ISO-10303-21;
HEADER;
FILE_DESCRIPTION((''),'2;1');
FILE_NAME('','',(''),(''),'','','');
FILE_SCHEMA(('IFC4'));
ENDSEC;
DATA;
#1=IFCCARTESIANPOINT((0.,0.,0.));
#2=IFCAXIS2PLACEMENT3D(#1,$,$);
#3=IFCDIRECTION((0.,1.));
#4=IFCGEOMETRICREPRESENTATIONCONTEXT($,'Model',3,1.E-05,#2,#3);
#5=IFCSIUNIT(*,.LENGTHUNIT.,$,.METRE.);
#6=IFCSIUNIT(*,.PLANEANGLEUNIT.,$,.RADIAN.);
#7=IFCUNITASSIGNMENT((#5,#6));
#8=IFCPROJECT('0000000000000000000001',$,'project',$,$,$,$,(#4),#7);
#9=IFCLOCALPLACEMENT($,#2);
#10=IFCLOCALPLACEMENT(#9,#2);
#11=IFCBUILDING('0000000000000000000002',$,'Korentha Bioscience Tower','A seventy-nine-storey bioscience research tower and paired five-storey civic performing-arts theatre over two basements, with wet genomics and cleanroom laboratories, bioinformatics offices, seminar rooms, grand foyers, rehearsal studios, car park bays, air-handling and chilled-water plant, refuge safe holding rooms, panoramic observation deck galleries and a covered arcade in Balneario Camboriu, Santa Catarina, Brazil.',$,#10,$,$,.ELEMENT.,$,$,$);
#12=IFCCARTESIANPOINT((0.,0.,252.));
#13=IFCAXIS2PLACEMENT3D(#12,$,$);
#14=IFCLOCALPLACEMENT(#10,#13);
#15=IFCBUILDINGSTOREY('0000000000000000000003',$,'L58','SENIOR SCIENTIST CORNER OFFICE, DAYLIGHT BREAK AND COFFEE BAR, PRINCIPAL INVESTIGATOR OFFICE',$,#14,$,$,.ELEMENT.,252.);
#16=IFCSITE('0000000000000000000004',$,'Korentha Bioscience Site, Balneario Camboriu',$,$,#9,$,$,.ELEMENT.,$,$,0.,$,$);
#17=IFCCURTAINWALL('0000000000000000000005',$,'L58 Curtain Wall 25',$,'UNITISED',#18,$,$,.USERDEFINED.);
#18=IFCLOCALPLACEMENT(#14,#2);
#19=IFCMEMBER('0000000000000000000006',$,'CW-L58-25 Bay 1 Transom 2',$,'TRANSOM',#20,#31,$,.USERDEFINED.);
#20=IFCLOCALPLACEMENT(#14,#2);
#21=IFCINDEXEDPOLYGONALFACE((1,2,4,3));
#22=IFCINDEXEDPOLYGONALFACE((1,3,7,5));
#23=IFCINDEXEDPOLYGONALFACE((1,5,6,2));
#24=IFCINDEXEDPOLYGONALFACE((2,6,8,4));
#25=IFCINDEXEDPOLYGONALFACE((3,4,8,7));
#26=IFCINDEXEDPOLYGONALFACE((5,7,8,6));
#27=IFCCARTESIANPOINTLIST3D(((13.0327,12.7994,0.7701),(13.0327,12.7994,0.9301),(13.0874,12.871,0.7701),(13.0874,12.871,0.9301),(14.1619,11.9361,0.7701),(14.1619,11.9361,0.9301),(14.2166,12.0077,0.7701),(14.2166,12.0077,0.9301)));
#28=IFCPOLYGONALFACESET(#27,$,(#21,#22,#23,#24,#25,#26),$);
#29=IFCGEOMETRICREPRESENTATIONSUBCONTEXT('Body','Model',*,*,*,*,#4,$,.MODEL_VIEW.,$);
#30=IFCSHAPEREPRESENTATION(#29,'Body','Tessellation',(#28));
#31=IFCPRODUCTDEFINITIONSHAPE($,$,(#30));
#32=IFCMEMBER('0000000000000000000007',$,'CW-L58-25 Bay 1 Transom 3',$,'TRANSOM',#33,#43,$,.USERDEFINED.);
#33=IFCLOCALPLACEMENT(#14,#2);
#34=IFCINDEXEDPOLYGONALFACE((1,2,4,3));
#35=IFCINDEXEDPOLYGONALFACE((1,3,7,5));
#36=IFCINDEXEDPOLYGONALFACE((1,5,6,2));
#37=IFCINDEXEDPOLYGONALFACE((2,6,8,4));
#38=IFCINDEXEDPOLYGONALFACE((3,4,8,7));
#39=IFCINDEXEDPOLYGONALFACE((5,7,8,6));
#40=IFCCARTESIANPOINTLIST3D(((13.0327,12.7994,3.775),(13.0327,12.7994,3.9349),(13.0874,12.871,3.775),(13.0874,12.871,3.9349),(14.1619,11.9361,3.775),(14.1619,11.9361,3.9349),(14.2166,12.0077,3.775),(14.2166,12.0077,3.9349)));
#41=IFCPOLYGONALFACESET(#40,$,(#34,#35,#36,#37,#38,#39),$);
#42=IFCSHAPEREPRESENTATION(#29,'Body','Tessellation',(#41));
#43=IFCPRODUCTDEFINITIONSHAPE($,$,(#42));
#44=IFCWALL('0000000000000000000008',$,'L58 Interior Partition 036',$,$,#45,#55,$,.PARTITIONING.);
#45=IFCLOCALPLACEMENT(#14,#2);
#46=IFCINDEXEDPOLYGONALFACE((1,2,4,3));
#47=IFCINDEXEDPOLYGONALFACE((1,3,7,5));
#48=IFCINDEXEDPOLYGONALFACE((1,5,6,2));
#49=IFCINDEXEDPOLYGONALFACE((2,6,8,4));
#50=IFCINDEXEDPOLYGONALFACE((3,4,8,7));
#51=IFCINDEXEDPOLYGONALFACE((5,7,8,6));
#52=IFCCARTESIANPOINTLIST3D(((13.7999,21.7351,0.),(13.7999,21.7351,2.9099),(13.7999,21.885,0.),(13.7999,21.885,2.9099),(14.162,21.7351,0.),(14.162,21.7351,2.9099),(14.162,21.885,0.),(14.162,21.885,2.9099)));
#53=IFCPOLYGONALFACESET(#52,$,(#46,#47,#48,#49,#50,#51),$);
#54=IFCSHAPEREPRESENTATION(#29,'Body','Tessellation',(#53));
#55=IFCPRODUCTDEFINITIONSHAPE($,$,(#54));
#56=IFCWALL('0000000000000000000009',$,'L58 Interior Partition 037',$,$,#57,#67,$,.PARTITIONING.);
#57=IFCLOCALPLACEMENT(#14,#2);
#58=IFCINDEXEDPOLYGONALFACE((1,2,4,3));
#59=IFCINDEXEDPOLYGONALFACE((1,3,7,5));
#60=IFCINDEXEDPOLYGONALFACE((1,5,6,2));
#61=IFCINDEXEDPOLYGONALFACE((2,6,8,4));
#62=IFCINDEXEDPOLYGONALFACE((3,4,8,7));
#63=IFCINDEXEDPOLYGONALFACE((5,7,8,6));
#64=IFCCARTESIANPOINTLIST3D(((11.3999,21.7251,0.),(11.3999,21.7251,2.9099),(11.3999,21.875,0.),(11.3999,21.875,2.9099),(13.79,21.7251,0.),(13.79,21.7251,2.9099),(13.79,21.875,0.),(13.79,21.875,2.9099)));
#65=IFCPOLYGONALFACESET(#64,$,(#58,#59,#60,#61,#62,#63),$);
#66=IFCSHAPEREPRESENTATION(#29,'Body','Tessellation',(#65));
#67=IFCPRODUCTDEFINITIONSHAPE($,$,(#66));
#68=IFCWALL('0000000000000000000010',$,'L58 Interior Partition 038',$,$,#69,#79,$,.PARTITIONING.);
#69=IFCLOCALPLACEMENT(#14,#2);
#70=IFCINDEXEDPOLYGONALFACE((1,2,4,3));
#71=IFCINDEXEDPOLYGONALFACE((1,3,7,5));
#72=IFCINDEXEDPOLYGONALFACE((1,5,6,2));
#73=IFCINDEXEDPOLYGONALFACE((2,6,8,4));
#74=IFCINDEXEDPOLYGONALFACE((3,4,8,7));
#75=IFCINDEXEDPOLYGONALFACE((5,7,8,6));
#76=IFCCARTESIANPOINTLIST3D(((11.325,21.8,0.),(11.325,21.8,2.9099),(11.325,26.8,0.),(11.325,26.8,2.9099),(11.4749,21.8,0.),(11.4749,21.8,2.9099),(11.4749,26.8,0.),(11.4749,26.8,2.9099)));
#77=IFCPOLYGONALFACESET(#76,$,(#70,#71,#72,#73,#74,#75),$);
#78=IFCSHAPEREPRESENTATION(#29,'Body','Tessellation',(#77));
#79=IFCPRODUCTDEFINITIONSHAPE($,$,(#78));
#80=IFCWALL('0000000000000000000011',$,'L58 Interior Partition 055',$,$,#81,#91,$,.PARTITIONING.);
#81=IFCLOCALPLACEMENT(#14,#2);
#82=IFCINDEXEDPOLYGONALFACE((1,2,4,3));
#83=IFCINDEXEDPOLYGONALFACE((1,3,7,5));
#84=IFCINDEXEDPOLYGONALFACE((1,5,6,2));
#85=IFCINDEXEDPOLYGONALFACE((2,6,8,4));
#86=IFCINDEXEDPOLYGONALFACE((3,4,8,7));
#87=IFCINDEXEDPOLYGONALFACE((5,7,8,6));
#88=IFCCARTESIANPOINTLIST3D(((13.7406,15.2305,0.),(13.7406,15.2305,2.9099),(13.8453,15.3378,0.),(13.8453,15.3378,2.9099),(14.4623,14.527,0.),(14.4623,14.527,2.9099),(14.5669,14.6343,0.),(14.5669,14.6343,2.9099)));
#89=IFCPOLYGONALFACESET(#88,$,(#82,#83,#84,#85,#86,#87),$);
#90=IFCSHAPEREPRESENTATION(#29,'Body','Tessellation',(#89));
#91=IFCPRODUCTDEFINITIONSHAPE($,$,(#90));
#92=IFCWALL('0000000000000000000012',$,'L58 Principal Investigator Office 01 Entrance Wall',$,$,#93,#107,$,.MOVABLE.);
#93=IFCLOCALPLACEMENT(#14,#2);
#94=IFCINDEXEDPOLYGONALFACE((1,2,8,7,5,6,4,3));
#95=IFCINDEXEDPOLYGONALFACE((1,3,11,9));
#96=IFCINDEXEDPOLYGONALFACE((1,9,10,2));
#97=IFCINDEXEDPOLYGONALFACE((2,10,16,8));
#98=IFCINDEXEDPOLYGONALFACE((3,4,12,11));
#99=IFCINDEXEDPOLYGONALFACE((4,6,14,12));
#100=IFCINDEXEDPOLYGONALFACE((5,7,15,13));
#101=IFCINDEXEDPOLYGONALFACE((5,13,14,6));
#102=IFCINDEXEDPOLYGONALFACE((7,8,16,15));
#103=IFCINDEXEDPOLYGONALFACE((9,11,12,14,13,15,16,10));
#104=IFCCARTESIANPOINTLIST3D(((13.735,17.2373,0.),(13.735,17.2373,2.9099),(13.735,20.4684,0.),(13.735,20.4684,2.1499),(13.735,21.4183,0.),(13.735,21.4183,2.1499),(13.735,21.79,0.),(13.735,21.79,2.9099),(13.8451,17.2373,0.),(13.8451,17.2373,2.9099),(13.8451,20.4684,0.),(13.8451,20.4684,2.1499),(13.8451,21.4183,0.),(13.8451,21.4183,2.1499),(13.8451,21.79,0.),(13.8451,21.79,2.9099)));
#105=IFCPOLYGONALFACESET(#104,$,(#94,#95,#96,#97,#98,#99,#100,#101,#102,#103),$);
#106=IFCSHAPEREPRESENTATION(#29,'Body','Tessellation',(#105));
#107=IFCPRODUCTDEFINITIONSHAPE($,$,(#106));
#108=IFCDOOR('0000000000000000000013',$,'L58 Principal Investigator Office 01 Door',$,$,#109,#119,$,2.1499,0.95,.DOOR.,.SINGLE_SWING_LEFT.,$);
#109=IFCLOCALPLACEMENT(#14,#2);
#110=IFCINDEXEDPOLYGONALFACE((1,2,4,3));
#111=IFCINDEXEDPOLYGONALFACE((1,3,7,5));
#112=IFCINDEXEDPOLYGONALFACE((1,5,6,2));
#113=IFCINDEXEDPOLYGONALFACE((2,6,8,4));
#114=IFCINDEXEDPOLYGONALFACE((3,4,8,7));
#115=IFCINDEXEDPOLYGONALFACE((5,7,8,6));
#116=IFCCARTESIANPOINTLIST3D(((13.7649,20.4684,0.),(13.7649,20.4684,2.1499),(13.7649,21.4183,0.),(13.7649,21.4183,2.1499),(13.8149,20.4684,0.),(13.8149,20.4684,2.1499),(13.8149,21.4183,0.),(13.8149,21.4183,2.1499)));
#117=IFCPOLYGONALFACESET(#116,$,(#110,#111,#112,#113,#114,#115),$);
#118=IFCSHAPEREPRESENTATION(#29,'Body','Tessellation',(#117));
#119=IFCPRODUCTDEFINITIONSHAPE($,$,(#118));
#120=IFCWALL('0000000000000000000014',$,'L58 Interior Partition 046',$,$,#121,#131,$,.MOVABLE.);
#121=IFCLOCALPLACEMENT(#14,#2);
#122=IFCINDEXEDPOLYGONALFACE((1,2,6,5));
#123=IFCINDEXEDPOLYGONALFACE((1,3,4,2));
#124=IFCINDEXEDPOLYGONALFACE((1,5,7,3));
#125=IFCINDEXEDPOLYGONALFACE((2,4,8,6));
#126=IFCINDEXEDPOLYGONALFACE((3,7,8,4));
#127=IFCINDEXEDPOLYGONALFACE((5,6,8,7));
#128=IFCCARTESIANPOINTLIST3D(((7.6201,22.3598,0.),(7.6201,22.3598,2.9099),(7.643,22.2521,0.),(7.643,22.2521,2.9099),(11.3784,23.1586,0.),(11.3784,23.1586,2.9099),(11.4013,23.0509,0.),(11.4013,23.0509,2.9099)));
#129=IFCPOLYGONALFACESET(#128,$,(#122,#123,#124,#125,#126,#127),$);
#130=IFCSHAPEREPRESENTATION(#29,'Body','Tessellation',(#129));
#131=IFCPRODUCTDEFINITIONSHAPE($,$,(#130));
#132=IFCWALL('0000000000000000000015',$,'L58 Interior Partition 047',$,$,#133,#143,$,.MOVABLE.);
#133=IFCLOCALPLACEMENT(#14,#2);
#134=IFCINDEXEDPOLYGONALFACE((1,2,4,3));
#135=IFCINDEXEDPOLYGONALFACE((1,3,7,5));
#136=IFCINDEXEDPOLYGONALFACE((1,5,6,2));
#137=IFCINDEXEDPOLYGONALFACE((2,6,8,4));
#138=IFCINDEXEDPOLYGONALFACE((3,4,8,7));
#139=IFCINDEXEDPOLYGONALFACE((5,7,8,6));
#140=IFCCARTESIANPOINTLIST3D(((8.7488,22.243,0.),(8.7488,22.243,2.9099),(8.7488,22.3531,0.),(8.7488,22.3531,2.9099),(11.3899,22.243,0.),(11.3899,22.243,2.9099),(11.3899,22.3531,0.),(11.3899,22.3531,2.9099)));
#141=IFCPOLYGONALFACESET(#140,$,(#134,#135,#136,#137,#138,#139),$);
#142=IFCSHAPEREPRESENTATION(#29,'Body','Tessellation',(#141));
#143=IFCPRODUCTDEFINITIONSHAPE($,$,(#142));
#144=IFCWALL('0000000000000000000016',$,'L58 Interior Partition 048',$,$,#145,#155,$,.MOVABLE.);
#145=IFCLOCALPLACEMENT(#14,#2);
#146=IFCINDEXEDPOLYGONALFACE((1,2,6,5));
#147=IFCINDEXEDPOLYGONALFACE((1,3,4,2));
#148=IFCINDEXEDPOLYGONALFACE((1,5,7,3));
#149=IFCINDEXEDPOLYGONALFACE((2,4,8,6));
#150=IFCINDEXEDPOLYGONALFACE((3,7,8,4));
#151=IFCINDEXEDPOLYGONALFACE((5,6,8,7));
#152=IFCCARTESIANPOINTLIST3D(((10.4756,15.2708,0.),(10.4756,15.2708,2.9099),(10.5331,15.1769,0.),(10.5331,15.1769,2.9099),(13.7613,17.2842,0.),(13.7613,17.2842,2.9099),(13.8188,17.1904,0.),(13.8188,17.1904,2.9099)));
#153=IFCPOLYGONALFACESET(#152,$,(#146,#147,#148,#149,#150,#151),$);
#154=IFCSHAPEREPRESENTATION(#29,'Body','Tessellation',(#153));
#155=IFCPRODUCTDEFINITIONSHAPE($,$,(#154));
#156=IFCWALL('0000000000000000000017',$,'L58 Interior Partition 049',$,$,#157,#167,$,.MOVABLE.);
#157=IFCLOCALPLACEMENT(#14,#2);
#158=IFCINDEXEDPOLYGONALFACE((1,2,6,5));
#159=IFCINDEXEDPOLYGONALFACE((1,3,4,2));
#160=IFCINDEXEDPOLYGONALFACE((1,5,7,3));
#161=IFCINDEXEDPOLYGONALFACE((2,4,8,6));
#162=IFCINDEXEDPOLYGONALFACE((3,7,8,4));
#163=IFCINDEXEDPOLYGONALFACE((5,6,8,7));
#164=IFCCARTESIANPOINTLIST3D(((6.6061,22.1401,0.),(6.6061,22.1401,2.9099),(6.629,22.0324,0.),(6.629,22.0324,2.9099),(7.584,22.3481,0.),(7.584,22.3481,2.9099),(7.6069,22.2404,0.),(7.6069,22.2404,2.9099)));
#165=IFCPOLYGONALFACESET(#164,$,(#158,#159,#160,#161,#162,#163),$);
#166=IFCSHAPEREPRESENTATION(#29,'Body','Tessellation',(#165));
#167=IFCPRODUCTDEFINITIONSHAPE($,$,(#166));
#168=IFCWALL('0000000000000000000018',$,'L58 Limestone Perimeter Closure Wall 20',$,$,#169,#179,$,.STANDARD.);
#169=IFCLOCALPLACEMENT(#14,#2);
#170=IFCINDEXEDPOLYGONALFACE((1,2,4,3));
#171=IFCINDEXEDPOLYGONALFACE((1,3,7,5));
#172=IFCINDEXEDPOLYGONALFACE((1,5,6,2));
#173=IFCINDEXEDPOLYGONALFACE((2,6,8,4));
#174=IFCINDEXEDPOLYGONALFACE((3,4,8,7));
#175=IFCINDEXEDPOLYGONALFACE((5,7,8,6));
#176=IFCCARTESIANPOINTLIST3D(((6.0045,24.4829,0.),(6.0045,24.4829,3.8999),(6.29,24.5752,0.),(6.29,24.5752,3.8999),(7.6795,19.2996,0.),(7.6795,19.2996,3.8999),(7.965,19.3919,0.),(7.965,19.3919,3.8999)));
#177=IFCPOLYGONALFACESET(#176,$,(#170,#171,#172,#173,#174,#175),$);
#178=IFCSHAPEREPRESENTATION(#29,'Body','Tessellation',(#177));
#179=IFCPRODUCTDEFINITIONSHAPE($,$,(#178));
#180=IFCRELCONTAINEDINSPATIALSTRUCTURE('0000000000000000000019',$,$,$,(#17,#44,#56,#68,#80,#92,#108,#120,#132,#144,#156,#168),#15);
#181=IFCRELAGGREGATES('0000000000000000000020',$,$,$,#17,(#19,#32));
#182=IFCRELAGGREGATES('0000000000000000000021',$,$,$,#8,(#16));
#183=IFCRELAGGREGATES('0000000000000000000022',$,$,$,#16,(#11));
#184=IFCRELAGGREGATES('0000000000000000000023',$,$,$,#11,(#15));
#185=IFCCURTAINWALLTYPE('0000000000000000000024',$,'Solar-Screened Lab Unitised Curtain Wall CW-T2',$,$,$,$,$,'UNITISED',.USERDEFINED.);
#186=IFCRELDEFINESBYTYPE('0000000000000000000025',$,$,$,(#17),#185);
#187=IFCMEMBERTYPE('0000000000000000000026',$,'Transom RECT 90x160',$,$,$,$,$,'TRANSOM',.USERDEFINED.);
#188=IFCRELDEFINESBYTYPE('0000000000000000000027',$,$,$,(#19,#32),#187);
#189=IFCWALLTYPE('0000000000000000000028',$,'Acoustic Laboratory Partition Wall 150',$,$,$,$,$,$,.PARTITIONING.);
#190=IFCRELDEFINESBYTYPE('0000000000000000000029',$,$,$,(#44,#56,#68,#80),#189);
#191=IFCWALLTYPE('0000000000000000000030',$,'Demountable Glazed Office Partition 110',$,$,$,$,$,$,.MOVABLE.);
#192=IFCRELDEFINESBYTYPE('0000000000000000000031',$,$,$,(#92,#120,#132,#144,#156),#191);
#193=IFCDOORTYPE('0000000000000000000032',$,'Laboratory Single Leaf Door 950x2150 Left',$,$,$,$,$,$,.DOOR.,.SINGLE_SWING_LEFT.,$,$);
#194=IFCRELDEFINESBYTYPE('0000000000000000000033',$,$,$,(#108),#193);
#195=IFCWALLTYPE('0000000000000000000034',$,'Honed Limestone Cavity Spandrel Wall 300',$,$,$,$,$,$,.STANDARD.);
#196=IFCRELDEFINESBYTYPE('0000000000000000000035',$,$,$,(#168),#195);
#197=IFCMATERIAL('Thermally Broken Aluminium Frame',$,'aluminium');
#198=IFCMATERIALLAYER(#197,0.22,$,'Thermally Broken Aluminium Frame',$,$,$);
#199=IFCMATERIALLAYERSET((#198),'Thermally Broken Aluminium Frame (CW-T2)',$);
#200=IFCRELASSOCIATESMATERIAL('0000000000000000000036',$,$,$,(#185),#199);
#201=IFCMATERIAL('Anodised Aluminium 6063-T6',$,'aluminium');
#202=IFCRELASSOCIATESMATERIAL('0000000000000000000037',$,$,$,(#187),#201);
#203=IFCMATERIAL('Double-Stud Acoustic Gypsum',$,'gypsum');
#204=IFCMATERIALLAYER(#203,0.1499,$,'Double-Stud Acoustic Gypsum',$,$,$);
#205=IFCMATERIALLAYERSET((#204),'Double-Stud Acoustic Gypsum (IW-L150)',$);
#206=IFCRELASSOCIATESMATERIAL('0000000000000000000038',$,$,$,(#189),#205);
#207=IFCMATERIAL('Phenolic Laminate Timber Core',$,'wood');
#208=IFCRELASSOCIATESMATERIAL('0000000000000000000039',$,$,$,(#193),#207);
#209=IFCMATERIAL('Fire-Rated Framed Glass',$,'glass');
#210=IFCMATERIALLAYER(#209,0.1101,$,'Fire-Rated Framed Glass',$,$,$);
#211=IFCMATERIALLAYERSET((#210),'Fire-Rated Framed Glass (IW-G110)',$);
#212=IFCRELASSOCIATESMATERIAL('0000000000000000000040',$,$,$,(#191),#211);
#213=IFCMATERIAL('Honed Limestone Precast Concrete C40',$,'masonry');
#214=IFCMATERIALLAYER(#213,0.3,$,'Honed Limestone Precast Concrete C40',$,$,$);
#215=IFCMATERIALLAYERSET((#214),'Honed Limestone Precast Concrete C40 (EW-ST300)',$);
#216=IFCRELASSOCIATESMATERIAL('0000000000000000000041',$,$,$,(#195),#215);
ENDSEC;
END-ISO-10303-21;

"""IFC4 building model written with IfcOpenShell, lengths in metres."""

from ifc_helpers import new_model, si_unit, direction, frame, frame_2d, origin, origin_2d, place, context, subcontext, project, spatial, rectangle, extrude, material, layer, layer_set, material_profile, profile_set, type_object, element, fill, aggregate, save


model = new_model("IFC4")

# Units and contexts
model_context = context("Model", 3, precision=1e-05, world=origin(), true_north=direction((0.0, 1.0)))
body_context = subcontext(model_context, "Body", "Model", "MODEL_VIEW")
ifc_project = project(units=[si_unit("LENGTHUNIT", "METRE"), si_unit("PLANEANGLEUNIT", "RADIAN")], contexts=[model_context])

# Site, building, storey
site_placement = place(None, origin())
site = spatial("IfcSite", under=ifc_project, at=site_placement, Name="Korentha Bioscience Site, Balneario Camboriu", CompositionType="ELEMENT", RefElevation=0.0)
building_placement = place(site_placement, origin())
building = spatial("IfcBuilding", under=site, at=building_placement, Name="Korentha Bioscience Tower", Description="A seventy-nine-storey bioscience research tower and paired five-storey civic performing-arts theatre over two basements, with wet genomics and cleanroom laboratories, bioinformatics offices, seminar rooms, grand foyers, rehearsal studios, car park bays, air-handling and chilled-water plant, refuge safe holding rooms, panoramic observation deck galleries and a covered arcade in Balneario Camboriu, Santa Catarina, Brazil.", CompositionType="ELEMENT")
storey_placement = place(building_placement, frame((0.0, 0.0, 252.0)))
storey = spatial("IfcBuildingStorey", under=building, at=storey_placement, Name="L58", Description="SENIOR SCIENTIST CORNER OFFICE, DAYLIGHT BREAK AND COFFEE BAR, PRINCIPAL INVESTIGATOR OFFICE", CompositionType="ELEMENT", Elevation=252.0)

# Curtain wall
ifc_material_1 = material(Name="Thermally Broken Aluminium Frame", Category="aluminium")
ifc_layer_1 = layer(ifc_material_1, 0.22, Name="Thermally Broken Aluminium Frame")
ifc_layer_set_1 = layer_set([ifc_layer_1], Name="Thermally Broken Aluminium Frame (CW-T2)")
curtain_wall_type = type_object("IfcCurtainWallType", Name="Solar-Screened Lab Unitised Curtain Wall CW-T2", ElementType="UNITISED", PredefinedType="USERDEFINED", material=ifc_layer_set_1)
ifc_material_2 = material(Name="Anodised Aluminium 6063-T6", Category="aluminium")
curtain_wall_1_placement = place(storey_placement, origin())
curtain_wall_1 = element("IfcCurtainWall", 1, at=curtain_wall_1_placement, inside=storey, type_object=curtain_wall_type, Name="L58 Curtain Wall 25", ObjectType="UNITISED", PredefinedType="USERDEFINED")

# Members
ifc_material_profile_1 = material_profile(ifc_material_2, rectangle(XDim=0.0901, YDim=0.1599, at=origin_2d()), Name="Anodised Aluminium 6063-T6")
ifc_profile_set_1 = profile_set([ifc_material_profile_1], Name="Anodised Aluminium 6063-T6 (CW-TRN)")
member_type_1 = type_object("IfcMemberType", Name="Transom RECT 90x160", ElementType="TRANSOM", PredefinedType="USERDEFINED", material=ifc_profile_set_1)
member_1_placement = place(storey_placement, frame((13.0601, 12.8352, 0.8501), z_axis=(0.794421, -0.607367, 0.0), x_axis=(0.607367, 0.794421, 0.0)))
member_1 = element("IfcMember", 2, at=member_1_placement, type_object=member_type_1, Name="CW-L58-25 Bay 1 Transom 2", ObjectType="TRANSOM", PredefinedType="USERDEFINED", context=body_context, shape_type="SweptSolid", body=[
    extrude(rectangle(XDim=0.0901, YDim=0.1599, at=origin_2d()), origin(), (0.0, 0.0, 1.0), 1.4214),
])
member_2_placement = place(storey_placement, frame((13.0601, 12.8352, 3.855), z_axis=(0.794421, -0.607367, 0.0), x_axis=(0.607367, 0.794421, 0.0)))
member_2 = element("IfcMember", 3, at=member_2_placement, type_object=member_type_1, Name="CW-L58-25 Bay 1 Transom 3", ObjectType="TRANSOM", PredefinedType="USERDEFINED", context=body_context, shape_type="SweptSolid", body=[
    extrude(rectangle(XDim=0.0901, YDim=0.1599, at=origin_2d()), origin(), (0.0, 0.0, 1.0), 1.4214),
])
aggregate(curtain_wall_1, [member_1, member_2])

# Shared definitions
ifc_material_3 = material(Name="Double-Stud Acoustic Gypsum", Category="gypsum")
ifc_layer_2 = layer(ifc_material_3, 0.1499, Name="Double-Stud Acoustic Gypsum")
ifc_layer_set_2 = layer_set([ifc_layer_2], Name="Double-Stud Acoustic Gypsum (IW-L150)")
wall_type_1 = type_object("IfcWallType", Name="Acoustic Laboratory Partition Wall 150", PredefinedType="PARTITIONING", material=ifc_layer_set_2)
ifc_material_4 = material(Name="Phenolic Laminate Timber Core", Category="wood")
door_type_1 = type_object("IfcDoorType", Name="Laboratory Single Leaf Door 950x2150 Left", OperationType="SINGLE_SWING_LEFT", PredefinedType="DOOR", material=ifc_material_4)

# Walls
wall_1_placement = place(storey_placement, frame((14.1621, 21.8101, 0.0), z_axis=(0.0, 0.0, 1.0), x_axis=(-1.0, 0.0, 0.0)))
element("IfcWall", 4, at=wall_1_placement, inside=storey, type_object=wall_type_1, Name="L58 Interior Partition 036", PredefinedType="PARTITIONING", context=body_context, shape_type="SweptSolid", body=[
    extrude(rectangle(XDim=0.3621, YDim=0.1499, at=frame_2d((0.1812, 0.0))), origin(), (0.0, 0.0, 1.0), 2.9099),
])
wall_2_placement = place(storey_placement, frame((13.79, 21.8, 0.0), z_axis=(0.0, 0.0, 1.0), x_axis=(-1.0, 0.0, 0.0)))
element("IfcWall", 5, at=wall_2_placement, inside=storey, type_object=wall_type_1, Name="L58 Interior Partition 037", PredefinedType="PARTITIONING", context=body_context, shape_type="SweptSolid", body=[
    extrude(rectangle(XDim=2.3901, YDim=0.1499, at=frame_2d((1.1951, 0.0))), origin(), (0.0, 0.0, 1.0), 2.9099),
])
wall_3_placement = place(storey_placement, frame((11.3999, 21.8, 0.0), z_axis=(0.0, 0.0, 1.0), x_axis=(0.0, 1.0, 0.0)))
element("IfcWall", 6, at=wall_3_placement, inside=storey, type_object=wall_type_1, Name="L58 Interior Partition 038", PredefinedType="PARTITIONING", context=body_context, shape_type="SweptSolid", body=[
    extrude(rectangle(XDim=5.0, YDim=0.1499, at=frame_2d((2.5, 0.0))), origin(), (0.0, 0.0, 1.0), 2.9099),
])
wall_4_placement = place(storey_placement, frame((13.793, 15.2842, 0.0), z_axis=(0.0, 0.0, 1.0), x_axis=(0.716012, -0.698088, 0.0)))
element("IfcWall", 7, at=wall_4_placement, inside=storey, type_object=wall_type_1, Name="L58 Interior Partition 055", PredefinedType="PARTITIONING", context=body_context, shape_type="SweptSolid", body=[
    extrude(rectangle(XDim=1.0078, YDim=0.1499, at=frame_2d((0.5039, 0.0))), origin(), (0.0, 0.0, 1.0), 2.9099),
])

# Wall, opening, door
ifc_material_5 = material(Name="Fire-Rated Framed Glass", Category="glass")
ifc_layer_3 = layer(ifc_material_5, 0.1101, Name="Fire-Rated Framed Glass")
ifc_layer_set_3 = layer_set([ifc_layer_3], Name="Fire-Rated Framed Glass (IW-G110)")
wall_type_2 = type_object("IfcWallType", Name="Demountable Glazed Office Partition 110", PredefinedType="MOVABLE", material=ifc_layer_set_3)
wall_5_placement = place(storey_placement, frame((13.79, 21.79, 0.0), z_axis=(0.0, 0.0, 1.0), x_axis=(0.0, -1.0, 0.0)))
wall_5 = element("IfcWall", 8, at=wall_5_placement, inside=storey, type_object=wall_type_2, Name="L58 Principal Investigator Office 01 Entrance Wall", PredefinedType="MOVABLE", context=body_context, shape_type="SweptSolid", body=[
    extrude(rectangle(XDim=4.5527, YDim=0.1101, at=frame_2d((2.2764, 0.0))), origin(), (0.0, 0.0, 1.0), 2.9099),
])
opening_1_placement = place(wall_5_placement, frame((0.3716, 0.0, 0.0)))
opening_1 = element("IfcOpeningElement", 9, at=opening_1_placement, cuts=wall_5, PredefinedType="OPENING", context=body_context, shape_type="SweptSolid", body=[
    extrude(rectangle(XDim=0.95, YDim=2.1499, at=frame_2d((0.4751, 1.075))), frame((0.0, 0.0698, 0.0), z_axis=(0.0, -1.0, 0.0), x_axis=(1.0, 0.0, 0.0)), (0.0, 0.0, 1.0), 0.1399),
])
door_1_placement = place(opening_1_placement, origin())
door_1 = element("IfcDoor", 10, at=door_1_placement, inside=storey, type_object=door_type_1, Name="L58 Principal Investigator Office 01 Door", OperationType="SINGLE_SWING_LEFT", OverallHeight=2.1499, OverallWidth=0.95, PredefinedType="DOOR", context=body_context, shape_type="SweptSolid", body=[
    extrude(rectangle(XDim=0.95, YDim=2.1499, at=frame_2d((0.4751, 1.075))), frame((0.0, 0.0249, 0.0), z_axis=(0.0, -1.0, 0.0), x_axis=(1.0, 0.0, 0.0)), (0.0, 0.0, 1.0), 0.05),
])
fill(opening_1, door_1)

# Walls
wall_6_placement = place(storey_placement, frame((11.3899, 23.1047, 0.0), z_axis=(0.0, 0.0, 1.0), x_axis=(-0.978149, -0.207906, 0.0)))
element("IfcWall", 11, at=wall_6_placement, inside=storey, type_object=wall_type_2, Name="L58 Interior Partition 046", PredefinedType="MOVABLE", context=body_context, shape_type="SweptSolid", body=[
    extrude(rectangle(XDim=3.8423, YDim=0.1101, at=frame_2d((1.9211, 0.0))), origin(), (0.0, 0.0, 1.0), 2.9099),
])
wall_7_placement = place(storey_placement, frame((8.7488, 22.2981, 0.0), z_axis=(0.0, 0.0, 1.0), x_axis=(1.0, 0.0, 0.0)))
element("IfcWall", 12, at=wall_7_placement, inside=storey, type_object=wall_type_2, Name="L58 Interior Partition 047", PredefinedType="MOVABLE", context=body_context, shape_type="SweptSolid", body=[
    extrude(rectangle(XDim=2.6411, YDim=0.1101, at=frame_2d((1.3206, 0.0))), origin(), (0.0, 0.0, 1.0), 2.9099),
])
wall_8_placement = place(storey_placement, frame((13.79, 17.2373, 0.0), z_axis=(0.0, 0.0, 1.0), x_axis=(-0.852642, -0.522495, 0.0)))
element("IfcWall", 13, at=wall_8_placement, inside=storey, type_object=wall_type_2, Name="L58 Interior Partition 048", PredefinedType="MOVABLE", context=body_context, shape_type="SweptSolid", body=[
    extrude(rectangle(XDim=3.8535, YDim=0.1101, at=frame_2d((1.9268, 0.0))), origin(), (0.0, 0.0, 1.0), 2.9099),
])
wall_9_placement = place(storey_placement, frame((6.6174, 22.0862, 0.0), z_axis=(0.0, 0.0, 1.0), x_axis=(0.978112, 0.208078, 0.0)))
element("IfcWall", 14, at=wall_9_placement, inside=storey, type_object=wall_type_2, Name="L58 Interior Partition 049", PredefinedType="MOVABLE", context=body_context, shape_type="SweptSolid", body=[
    extrude(rectangle(XDim=0.9998, YDim=0.1101, at=frame_2d((0.5, 0.0))), origin(), (0.0, 0.0, 1.0), 2.9099),
])

# Shared definitions
ifc_material_6 = material(Name="Honed Limestone Precast Concrete C40", Category="masonry")
ifc_layer_4 = layer(ifc_material_6, 0.3, Name="Honed Limestone Precast Concrete C40")
ifc_layer_set_4 = layer_set([ifc_layer_4], Name="Honed Limestone Precast Concrete C40 (EW-ST300)")
wall_type_3 = type_object("IfcWallType", Name="Honed Limestone Cavity Spandrel Wall 300", PredefinedType="STANDARD", material=ifc_layer_set_4)

# Wall
wall_10_placement = place(storey_placement, frame((6.1472, 24.5291, 0.0), z_axis=(0.0, 0.0, 1.0), x_axis=(0.307502, -0.951548, 0.0)))
element("IfcWall", 15, at=wall_10_placement, inside=storey, type_object=wall_type_3, Name="L58 Limestone Perimeter Closure Wall 20", PredefinedType="STANDARD", context=body_context, shape_type="SweptSolid", body=[
    extrude(rectangle(XDim=5.4473, YDim=0.3, at=frame_2d((2.7236, 0.0))), origin(), (0.0, 0.0, 1.0), 3.8999),
])

save(model, "model.ifc")
